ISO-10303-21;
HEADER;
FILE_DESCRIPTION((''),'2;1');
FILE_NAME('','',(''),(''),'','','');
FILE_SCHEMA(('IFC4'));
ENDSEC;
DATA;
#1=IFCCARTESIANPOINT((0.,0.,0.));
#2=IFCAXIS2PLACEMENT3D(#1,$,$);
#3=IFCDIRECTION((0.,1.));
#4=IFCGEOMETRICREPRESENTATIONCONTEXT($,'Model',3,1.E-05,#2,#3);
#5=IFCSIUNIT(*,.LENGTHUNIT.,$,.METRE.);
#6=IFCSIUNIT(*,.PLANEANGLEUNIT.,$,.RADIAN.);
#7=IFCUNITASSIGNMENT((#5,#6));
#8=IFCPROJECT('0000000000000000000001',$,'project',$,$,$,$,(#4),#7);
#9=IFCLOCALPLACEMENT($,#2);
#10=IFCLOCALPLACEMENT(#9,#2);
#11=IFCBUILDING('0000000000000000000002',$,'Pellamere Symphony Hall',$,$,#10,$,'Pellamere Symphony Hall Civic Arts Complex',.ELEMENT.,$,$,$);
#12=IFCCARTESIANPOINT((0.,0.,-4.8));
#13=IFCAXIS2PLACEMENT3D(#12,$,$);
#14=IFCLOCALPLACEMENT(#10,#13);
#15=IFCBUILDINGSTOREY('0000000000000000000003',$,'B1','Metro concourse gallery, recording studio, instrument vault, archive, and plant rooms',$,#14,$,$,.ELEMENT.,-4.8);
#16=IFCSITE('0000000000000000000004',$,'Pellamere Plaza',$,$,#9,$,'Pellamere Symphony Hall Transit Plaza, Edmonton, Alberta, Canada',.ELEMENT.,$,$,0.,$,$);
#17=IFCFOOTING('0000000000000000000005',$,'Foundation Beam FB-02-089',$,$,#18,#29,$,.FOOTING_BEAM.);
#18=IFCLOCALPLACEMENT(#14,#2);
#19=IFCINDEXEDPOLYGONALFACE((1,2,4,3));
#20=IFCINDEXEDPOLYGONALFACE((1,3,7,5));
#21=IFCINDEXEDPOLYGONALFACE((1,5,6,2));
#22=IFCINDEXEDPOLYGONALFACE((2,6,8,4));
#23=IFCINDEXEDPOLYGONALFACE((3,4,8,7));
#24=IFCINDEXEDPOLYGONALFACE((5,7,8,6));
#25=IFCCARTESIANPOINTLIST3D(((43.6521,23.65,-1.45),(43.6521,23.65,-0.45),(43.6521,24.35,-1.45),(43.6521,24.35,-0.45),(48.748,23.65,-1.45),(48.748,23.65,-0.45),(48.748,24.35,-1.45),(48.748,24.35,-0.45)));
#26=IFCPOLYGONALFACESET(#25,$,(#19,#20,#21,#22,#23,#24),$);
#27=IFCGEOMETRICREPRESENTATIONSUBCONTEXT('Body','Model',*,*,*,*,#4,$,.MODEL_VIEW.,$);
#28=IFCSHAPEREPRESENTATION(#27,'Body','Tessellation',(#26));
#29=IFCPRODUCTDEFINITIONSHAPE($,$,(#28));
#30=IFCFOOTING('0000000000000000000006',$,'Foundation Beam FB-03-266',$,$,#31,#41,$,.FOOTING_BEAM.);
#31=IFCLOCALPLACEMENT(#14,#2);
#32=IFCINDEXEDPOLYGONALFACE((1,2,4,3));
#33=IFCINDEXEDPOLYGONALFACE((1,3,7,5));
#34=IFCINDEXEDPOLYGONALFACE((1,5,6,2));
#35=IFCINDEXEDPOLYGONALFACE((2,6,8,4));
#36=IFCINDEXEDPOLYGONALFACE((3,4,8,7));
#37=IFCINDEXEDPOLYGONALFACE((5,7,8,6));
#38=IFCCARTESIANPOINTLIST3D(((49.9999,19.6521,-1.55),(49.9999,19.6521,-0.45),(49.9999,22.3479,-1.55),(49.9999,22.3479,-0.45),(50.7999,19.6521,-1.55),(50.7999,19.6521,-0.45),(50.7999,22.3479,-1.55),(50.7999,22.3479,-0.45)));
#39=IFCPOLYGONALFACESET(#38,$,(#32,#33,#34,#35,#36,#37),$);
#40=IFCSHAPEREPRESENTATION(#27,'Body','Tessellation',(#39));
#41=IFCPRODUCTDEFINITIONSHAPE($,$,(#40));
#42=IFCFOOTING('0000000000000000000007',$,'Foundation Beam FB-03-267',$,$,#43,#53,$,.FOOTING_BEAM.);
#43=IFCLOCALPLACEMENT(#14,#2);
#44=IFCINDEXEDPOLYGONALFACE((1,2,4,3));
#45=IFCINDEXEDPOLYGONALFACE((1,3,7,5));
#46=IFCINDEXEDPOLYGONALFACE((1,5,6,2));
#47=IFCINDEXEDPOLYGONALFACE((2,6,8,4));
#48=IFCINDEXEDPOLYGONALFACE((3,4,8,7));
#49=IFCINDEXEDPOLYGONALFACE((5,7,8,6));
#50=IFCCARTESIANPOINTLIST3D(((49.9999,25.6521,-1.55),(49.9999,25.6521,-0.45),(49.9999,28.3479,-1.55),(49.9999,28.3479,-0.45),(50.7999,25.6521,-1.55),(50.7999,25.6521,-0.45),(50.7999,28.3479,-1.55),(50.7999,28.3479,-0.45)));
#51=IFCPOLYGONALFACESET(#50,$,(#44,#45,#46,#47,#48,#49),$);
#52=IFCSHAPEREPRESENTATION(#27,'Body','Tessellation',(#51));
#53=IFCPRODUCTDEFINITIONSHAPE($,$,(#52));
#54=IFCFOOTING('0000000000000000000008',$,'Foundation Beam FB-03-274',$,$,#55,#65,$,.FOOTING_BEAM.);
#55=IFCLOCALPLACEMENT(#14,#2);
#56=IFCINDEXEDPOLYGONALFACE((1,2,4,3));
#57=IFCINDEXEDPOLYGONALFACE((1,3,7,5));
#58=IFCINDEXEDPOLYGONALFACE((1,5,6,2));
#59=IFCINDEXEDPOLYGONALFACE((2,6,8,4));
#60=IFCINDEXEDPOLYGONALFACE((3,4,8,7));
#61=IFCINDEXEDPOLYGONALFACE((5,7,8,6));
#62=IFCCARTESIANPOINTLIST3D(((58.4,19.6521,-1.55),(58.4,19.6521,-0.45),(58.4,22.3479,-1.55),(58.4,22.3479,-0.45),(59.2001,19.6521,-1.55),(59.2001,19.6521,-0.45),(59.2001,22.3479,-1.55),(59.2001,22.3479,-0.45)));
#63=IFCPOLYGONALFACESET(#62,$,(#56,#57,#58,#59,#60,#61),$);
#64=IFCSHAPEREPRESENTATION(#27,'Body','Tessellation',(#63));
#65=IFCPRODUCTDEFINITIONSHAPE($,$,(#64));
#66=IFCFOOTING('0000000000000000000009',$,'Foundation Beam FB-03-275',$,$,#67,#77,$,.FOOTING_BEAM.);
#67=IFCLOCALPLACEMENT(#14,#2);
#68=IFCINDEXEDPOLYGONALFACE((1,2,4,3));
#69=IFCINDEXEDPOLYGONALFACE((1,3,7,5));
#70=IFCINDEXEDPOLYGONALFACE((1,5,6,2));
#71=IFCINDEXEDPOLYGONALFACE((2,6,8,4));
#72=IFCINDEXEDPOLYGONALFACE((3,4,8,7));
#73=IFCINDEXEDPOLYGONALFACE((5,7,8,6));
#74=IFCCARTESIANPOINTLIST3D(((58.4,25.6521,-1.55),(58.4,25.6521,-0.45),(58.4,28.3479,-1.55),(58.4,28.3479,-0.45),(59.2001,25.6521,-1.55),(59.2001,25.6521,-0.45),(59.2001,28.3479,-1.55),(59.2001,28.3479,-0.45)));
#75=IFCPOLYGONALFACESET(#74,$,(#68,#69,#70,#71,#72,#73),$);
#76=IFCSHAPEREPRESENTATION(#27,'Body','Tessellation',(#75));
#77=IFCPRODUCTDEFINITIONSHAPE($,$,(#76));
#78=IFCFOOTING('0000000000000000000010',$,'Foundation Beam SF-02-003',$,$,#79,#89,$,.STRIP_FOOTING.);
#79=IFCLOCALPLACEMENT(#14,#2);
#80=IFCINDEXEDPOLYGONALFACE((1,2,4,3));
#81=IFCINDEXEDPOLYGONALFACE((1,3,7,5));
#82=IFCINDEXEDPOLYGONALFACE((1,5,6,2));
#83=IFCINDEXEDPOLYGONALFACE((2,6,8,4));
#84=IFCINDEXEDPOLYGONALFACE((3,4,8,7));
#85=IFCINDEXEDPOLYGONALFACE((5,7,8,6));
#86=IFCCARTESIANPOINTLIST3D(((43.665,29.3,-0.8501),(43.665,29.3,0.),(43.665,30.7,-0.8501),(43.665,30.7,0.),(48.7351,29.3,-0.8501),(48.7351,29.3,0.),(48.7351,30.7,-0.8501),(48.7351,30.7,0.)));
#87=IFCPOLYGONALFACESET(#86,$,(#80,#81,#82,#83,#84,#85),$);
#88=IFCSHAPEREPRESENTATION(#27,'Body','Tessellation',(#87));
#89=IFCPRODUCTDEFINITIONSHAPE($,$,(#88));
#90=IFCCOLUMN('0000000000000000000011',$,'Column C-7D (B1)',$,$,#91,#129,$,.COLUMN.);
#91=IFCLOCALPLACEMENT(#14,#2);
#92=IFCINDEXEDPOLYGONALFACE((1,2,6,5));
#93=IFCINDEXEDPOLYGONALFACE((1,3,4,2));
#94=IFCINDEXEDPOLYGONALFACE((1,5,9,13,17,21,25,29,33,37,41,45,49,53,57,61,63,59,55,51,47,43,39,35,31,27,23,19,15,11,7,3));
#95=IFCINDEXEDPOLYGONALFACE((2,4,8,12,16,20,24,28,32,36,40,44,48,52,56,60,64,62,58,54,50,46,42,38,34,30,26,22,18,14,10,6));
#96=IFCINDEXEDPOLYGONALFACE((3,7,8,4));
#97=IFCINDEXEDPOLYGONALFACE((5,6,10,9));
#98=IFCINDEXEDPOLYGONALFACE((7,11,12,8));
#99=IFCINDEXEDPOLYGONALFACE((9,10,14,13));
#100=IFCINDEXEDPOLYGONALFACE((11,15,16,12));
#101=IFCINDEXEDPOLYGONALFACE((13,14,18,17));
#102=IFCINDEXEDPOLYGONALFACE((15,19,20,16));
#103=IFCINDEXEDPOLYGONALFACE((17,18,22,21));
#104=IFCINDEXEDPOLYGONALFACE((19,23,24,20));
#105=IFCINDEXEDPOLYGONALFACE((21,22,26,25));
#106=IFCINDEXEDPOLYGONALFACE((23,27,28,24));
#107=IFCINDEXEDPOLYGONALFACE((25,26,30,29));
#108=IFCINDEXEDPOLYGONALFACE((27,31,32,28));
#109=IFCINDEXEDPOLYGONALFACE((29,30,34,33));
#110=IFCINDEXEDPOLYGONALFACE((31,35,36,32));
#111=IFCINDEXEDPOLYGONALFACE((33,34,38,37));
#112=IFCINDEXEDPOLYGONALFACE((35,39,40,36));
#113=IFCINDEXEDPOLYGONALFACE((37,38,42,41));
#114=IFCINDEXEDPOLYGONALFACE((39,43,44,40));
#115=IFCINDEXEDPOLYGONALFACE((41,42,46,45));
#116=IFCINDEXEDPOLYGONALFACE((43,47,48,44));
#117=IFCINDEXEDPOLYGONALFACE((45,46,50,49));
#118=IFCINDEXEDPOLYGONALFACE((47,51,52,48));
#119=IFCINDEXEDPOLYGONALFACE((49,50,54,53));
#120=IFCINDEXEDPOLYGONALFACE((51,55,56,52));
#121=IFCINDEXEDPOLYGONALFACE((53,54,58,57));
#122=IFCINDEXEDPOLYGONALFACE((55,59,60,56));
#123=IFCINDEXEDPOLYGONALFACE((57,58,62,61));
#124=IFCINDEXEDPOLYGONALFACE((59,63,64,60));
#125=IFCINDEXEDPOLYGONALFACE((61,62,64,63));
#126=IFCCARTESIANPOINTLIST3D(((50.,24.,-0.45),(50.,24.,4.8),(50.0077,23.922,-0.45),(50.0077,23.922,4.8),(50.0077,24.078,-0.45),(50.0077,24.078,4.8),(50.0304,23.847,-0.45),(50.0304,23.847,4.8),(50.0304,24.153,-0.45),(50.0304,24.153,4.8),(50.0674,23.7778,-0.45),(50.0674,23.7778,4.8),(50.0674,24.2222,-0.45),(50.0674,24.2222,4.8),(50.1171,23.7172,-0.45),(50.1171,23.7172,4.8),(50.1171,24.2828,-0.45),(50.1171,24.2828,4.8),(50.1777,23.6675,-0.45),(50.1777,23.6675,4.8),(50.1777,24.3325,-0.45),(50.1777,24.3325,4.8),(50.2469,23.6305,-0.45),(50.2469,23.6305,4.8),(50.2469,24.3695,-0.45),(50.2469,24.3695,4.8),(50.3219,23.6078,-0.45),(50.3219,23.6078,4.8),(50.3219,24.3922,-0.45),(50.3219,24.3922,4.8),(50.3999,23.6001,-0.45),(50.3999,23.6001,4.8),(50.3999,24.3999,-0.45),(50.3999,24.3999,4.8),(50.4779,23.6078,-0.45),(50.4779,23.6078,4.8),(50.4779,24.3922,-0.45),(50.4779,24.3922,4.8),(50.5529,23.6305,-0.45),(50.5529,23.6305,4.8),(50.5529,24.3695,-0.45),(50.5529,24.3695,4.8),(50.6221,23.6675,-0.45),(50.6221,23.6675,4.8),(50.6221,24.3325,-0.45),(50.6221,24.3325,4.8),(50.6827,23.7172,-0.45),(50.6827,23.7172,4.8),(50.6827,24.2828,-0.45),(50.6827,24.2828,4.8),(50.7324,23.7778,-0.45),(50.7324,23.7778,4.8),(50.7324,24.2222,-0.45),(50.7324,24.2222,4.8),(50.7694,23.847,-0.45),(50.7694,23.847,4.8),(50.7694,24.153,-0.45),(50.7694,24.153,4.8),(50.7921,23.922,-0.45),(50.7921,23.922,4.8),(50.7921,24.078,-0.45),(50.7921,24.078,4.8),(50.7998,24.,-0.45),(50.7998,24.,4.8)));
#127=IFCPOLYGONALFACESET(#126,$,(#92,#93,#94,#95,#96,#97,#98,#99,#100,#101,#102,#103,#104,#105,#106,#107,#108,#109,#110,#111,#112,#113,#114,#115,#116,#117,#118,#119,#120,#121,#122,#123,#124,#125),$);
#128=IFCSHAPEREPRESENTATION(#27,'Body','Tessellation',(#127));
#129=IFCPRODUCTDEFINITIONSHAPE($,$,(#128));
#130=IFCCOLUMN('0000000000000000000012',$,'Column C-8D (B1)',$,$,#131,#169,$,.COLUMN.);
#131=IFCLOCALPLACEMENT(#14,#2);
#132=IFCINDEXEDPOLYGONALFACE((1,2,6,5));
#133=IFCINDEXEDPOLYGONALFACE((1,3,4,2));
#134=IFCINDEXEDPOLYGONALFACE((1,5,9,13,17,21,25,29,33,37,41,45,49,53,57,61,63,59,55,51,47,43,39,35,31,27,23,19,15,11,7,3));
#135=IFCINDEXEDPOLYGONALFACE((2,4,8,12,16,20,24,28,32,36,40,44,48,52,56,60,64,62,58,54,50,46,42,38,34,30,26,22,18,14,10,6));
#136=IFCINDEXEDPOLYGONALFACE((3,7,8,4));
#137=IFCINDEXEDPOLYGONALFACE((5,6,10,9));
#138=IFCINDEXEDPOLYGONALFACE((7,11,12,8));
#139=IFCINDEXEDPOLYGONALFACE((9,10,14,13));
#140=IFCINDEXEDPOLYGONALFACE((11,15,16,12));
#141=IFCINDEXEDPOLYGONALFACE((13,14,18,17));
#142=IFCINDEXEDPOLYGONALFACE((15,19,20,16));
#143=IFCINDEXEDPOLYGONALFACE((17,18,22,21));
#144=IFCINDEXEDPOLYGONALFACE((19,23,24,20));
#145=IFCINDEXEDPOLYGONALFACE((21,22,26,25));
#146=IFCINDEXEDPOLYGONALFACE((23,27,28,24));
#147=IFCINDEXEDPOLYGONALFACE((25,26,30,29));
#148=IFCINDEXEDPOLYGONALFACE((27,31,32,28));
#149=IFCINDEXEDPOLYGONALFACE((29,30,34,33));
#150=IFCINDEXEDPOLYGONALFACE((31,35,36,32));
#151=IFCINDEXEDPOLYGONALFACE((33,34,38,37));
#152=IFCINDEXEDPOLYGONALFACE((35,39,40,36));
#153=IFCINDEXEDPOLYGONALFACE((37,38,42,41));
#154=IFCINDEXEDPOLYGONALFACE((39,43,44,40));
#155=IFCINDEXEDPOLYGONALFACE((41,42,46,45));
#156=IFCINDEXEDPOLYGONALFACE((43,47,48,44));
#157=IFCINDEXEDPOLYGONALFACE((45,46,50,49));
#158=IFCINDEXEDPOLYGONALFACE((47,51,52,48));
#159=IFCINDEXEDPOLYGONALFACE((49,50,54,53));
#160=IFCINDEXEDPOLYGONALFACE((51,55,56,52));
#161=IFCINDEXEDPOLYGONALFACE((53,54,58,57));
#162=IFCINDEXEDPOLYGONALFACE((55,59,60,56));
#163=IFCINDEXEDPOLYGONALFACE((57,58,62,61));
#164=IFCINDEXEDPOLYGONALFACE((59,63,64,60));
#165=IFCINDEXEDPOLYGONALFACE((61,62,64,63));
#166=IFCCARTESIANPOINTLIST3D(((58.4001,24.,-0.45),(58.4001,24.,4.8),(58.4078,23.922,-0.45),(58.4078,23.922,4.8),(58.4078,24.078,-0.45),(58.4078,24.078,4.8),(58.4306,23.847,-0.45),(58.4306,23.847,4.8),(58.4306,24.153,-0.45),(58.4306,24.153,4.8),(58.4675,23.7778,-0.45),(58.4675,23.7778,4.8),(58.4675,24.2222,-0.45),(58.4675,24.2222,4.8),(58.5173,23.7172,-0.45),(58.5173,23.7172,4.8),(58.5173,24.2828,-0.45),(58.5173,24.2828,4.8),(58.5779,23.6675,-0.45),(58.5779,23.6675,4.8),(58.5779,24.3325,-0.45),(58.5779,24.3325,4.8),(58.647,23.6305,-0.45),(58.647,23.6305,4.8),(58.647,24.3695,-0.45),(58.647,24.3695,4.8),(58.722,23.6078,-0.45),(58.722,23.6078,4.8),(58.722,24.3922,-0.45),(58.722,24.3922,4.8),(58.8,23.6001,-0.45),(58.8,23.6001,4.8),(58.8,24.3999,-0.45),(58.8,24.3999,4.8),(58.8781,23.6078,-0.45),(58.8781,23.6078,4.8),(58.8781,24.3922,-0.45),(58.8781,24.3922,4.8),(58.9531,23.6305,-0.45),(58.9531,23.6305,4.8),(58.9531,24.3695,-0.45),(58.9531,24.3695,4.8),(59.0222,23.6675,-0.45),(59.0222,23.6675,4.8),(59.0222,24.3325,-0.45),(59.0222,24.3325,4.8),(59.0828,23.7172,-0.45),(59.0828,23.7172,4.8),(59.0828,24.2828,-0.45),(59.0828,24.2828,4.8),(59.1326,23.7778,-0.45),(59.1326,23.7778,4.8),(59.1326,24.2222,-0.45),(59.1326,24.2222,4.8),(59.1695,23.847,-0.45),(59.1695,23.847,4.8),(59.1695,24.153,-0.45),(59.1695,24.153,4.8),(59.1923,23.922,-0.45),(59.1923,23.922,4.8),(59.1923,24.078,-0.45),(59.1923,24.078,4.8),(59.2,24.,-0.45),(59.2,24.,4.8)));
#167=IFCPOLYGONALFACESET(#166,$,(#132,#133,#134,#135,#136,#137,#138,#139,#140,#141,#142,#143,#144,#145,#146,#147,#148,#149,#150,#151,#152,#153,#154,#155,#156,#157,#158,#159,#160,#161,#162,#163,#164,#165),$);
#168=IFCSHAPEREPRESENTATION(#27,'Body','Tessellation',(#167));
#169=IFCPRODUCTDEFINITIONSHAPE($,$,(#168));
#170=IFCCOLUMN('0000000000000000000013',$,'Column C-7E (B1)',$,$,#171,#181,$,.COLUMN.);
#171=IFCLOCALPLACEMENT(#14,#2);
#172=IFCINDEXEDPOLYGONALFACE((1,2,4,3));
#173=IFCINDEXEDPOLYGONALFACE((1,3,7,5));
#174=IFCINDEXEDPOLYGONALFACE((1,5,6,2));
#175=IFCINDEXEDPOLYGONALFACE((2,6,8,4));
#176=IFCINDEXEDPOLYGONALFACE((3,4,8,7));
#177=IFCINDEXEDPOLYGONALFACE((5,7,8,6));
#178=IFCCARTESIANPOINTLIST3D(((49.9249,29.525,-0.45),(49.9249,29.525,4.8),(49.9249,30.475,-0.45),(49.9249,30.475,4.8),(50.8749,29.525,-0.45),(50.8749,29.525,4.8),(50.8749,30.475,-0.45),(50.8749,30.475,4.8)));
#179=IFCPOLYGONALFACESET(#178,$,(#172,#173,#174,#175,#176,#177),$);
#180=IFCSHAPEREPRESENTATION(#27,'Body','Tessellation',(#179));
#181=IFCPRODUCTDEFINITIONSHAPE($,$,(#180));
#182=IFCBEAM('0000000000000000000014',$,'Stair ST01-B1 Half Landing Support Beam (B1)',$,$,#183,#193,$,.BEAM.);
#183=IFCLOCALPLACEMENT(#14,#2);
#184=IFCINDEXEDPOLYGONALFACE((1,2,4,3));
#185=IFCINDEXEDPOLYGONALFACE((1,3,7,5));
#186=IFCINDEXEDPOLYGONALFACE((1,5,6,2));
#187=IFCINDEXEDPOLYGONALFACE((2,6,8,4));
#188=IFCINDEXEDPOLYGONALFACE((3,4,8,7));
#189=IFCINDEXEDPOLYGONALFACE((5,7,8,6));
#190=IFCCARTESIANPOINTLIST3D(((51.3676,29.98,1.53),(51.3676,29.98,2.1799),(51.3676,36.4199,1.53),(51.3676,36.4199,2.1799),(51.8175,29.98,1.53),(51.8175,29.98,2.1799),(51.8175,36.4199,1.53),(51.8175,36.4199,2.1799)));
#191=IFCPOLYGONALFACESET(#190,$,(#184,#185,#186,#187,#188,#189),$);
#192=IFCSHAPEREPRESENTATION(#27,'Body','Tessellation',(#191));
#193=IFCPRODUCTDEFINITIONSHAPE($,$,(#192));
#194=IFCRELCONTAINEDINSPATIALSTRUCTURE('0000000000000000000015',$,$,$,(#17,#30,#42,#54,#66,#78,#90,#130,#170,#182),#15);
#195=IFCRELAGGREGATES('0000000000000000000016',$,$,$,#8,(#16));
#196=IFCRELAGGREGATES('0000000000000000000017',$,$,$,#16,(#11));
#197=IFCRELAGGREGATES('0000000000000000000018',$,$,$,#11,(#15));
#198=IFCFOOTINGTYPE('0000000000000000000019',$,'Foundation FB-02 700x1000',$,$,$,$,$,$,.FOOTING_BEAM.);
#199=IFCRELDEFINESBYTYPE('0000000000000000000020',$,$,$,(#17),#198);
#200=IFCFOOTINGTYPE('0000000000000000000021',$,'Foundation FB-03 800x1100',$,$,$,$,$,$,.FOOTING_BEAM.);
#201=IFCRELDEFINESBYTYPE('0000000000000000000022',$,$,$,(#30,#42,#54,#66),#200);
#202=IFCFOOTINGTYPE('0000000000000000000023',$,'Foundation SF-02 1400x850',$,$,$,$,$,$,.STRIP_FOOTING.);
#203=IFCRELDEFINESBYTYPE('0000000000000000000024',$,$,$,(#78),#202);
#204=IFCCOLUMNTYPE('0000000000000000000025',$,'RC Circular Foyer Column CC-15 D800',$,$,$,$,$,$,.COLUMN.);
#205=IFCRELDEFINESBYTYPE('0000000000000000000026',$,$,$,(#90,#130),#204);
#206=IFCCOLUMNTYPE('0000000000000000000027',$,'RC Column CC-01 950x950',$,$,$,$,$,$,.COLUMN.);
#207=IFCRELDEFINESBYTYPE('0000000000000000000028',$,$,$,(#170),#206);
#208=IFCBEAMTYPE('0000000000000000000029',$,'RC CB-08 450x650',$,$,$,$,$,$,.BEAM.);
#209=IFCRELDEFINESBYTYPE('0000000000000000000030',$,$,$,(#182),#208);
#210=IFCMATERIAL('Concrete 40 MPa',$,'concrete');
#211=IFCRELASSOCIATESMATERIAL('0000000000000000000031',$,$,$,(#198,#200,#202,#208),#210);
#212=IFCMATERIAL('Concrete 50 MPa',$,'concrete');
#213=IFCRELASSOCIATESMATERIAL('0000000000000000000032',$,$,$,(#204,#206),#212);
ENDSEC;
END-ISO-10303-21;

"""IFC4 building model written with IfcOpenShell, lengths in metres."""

from ifc_helpers import new_model, si_unit, direction, frame, origin, origin_2d, place, context, subcontext, project, spatial, rectangle, circle, extrude, material, material_profile, profile_set, type_object, element, save


model = new_model("IFC4")

# Units and contexts
model_context = context("Model", 3, precision=1e-05, world=origin(), true_north=direction((0.0, 1.0)))
body_context = subcontext(model_context, "Body", "Model", "MODEL_VIEW")
ifc_project = project(units=[si_unit("LENGTHUNIT", "METRE"), si_unit("PLANEANGLEUNIT", "RADIAN")], contexts=[model_context])

# Site, building, storey
site_placement = place(None, origin())
site = spatial("IfcSite", under=ifc_project, at=site_placement, Name="Pellamere Plaza", LongName="Pellamere Symphony Hall Transit Plaza, Edmonton, Alberta, Canada", CompositionType="ELEMENT", RefElevation=0.0)
building_placement = place(site_placement, origin())
building = spatial("IfcBuilding", under=site, at=building_placement, Name="Pellamere Symphony Hall", LongName="Pellamere Symphony Hall Civic Arts Complex", CompositionType="ELEMENT")
storey_placement = place(building_placement, frame((0.0, 0.0, -4.8)))
storey = spatial("IfcBuildingStorey", under=building, at=storey_placement, Name="B1", Description="Metro concourse gallery, recording studio, instrument vault, archive, and plant rooms", CompositionType="ELEMENT", Elevation=-4.8)

# Shared definitions
ifc_material_1 = material(Name="Concrete 40 MPa", Category="concrete")

# Footings
ifc_material_profile_1 = material_profile(ifc_material_1, rectangle(XDim=0.7, YDim=1.0, at=origin_2d()), Name="RC 700x1000")
ifc_profile_set_1 = profile_set([ifc_material_profile_1], Name="Concrete 40 MPa")
footing_type_1 = type_object("IfcFootingType", Name="Foundation FB-02 700x1000", PredefinedType="FOOTING_BEAM", material=ifc_profile_set_1)
footing_1_placement = place(storey_placement, frame((43.6521, 24.0, -0.95), z_axis=(1.0, 0.0, 0.0), x_axis=(0.0, 1.0, 0.0)))
element("IfcFooting", 1, at=footing_1_placement, inside=storey, type_object=footing_type_1, Name="Foundation Beam FB-02-089", PredefinedType="FOOTING_BEAM", context=body_context, shape_type="SweptSolid", body=[
    extrude(rectangle(XDim=0.7, YDim=1.0, at=origin_2d()), origin(), (0.0, 0.0, 1.0), 5.0959),
])
ifc_material_profile_2 = material_profile(ifc_material_1, rectangle(XDim=0.8, YDim=1.1001, at=origin_2d()), Name="RC 800x1100")
ifc_profile_set_2 = profile_set([ifc_material_profile_2], Name="Concrete 40 MPa")
footing_type_2 = type_object("IfcFootingType", Name="Foundation FB-03 800x1100", PredefinedType="FOOTING_BEAM", material=ifc_profile_set_2)
for number, where, z_axis, x_axis, name in (
    (2, (50.3999, 19.6521, -1.0), (0.0, 1.0, 0.0), (-1.0, 0.0, 0.0), "Foundation Beam FB-03-266"),
    (3, (50.3999, 25.6521, -1.0), (0.0, 1.0, 0.0), (-1.0, 0.0, 0.0), "Foundation Beam FB-03-267"),
    (4, (58.8, 19.6521, -1.0), (0.0, 1.0, 0.0), (-1.0, 0.0, 0.0), "Foundation Beam FB-03-274"),
    (5, (58.8, 25.6521, -1.0), (0.0, 1.0, 0.0), (-1.0, 0.0, 0.0), "Foundation Beam FB-03-275"),
):
    element("IfcFooting", number, at=place(storey_placement, frame(where, z_axis=z_axis, x_axis=x_axis)), inside=storey, type_object=footing_type_2, Name=name, PredefinedType="FOOTING_BEAM", context=body_context, shape_type="SweptSolid", body=[
        extrude(rectangle(XDim=0.8, YDim=1.1001, at=origin_2d()), origin(), (0.0, 0.0, 1.0), 2.6958),
    ])
ifc_material_profile_3 = material_profile(ifc_material_1, rectangle(XDim=1.3999, YDim=0.8501, at=origin_2d()), Name="RC 1400x850")
ifc_profile_set_3 = profile_set([ifc_material_profile_3], Name="Concrete 40 MPa")
footing_type_3 = type_object("IfcFootingType", Name="Foundation SF-02 1400x850", PredefinedType="STRIP_FOOTING", material=ifc_profile_set_3)
footing_2_placement = place(storey_placement, frame((43.665, 30.0, -0.425), z_axis=(1.0, 0.0, 0.0), x_axis=(0.0, 1.0, 0.0)))
element("IfcFooting", 6, at=footing_2_placement, inside=storey, type_object=footing_type_3, Name="Foundation Beam SF-02-003", PredefinedType="STRIP_FOOTING", context=body_context, shape_type="SweptSolid", body=[
    extrude(rectangle(XDim=1.3999, YDim=0.8501, at=origin_2d()), origin(), (0.0, 0.0, 1.0), 5.0701),
])

# Columns
ifc_material_2 = material(Name="Concrete 50 MPa", Category="concrete")
ifc_material_profile_4 = material_profile(ifc_material_2, circle(Radius=0.3999, at=origin_2d()), Name="RCCOL D800")
ifc_profile_set_4 = profile_set([ifc_material_profile_4], Name="Concrete 50 MPa")
column_type_1 = type_object("IfcColumnType", Name="RC Circular Foyer Column CC-15 D800", PredefinedType="COLUMN", material=ifc_profile_set_4)
for number, where, z_axis, x_axis, name in (
    (7, (50.3999, 24.0, -0.45), (0.0, 0.0, 1.0), (1.0, 0.0, 0.0), "Column C-7D (B1)"),
    (8, (58.8, 24.0, -0.45), (0.0, 0.0, 1.0), (1.0, 0.0, 0.0), "Column C-8D (B1)"),
):
    element("IfcColumn", number, at=place(storey_placement, frame(where, z_axis=z_axis, x_axis=x_axis)), inside=storey, type_object=column_type_1, Name=name, PredefinedType="COLUMN", context=body_context, shape_type="SweptSolid", body=[
        extrude(circle(Radius=0.3999, at=origin_2d()), origin(), (0.0, 0.0, 1.0), 5.25),
    ])
ifc_material_profile_5 = material_profile(ifc_material_2, rectangle(XDim=0.95, YDim=0.95, at=origin_2d()), Name="RC 950x950")
ifc_profile_set_5 = profile_set([ifc_material_profile_5], Name="Concrete 50 MPa")
column_type_2 = type_object("IfcColumnType", Name="RC Column CC-01 950x950", PredefinedType="COLUMN", material=ifc_profile_set_5)
column_placement = place(storey_placement, frame((50.3999, 30.0, -0.45), z_axis=(0.0, 0.0, 1.0), x_axis=(1.0, 0.0, 0.0)))
element("IfcColumn", 9, at=column_placement, inside=storey, type_object=column_type_2, Name="Column C-7E (B1)", PredefinedType="COLUMN", context=body_context, shape_type="SweptSolid", body=[
    extrude(rectangle(XDim=0.95, YDim=0.95, at=origin_2d()), origin(), (0.0, 0.0, 1.0), 5.25),
])

# Beam
ifc_material_profile_6 = material_profile(ifc_material_1, rectangle(XDim=0.45, YDim=0.6499, at=origin_2d()), Name="RC 450x650")
ifc_profile_set_6 = profile_set([ifc_material_profile_6], Name="Concrete 40 MPa")
beam_type = type_object("IfcBeamType", Name="RC CB-08 450x650", PredefinedType="BEAM", material=ifc_profile_set_6)
beam_placement = place(storey_placement, frame((51.5925, 29.98, 1.855), z_axis=(0.0, 1.0, 0.0), x_axis=(-1.0, 0.0, 0.0)))
element("IfcBeam", 10, at=beam_placement, inside=storey, type_object=beam_type, Name="Stair ST01-B1 Half Landing Support Beam (B1)", PredefinedType="BEAM", context=body_context, shape_type="SweptSolid", body=[
    extrude(rectangle(XDim=0.45, YDim=0.6499, at=origin_2d()), origin(), (0.0, 0.0, 1.0), 6.4399),
])

save(model, "model.ifc")
